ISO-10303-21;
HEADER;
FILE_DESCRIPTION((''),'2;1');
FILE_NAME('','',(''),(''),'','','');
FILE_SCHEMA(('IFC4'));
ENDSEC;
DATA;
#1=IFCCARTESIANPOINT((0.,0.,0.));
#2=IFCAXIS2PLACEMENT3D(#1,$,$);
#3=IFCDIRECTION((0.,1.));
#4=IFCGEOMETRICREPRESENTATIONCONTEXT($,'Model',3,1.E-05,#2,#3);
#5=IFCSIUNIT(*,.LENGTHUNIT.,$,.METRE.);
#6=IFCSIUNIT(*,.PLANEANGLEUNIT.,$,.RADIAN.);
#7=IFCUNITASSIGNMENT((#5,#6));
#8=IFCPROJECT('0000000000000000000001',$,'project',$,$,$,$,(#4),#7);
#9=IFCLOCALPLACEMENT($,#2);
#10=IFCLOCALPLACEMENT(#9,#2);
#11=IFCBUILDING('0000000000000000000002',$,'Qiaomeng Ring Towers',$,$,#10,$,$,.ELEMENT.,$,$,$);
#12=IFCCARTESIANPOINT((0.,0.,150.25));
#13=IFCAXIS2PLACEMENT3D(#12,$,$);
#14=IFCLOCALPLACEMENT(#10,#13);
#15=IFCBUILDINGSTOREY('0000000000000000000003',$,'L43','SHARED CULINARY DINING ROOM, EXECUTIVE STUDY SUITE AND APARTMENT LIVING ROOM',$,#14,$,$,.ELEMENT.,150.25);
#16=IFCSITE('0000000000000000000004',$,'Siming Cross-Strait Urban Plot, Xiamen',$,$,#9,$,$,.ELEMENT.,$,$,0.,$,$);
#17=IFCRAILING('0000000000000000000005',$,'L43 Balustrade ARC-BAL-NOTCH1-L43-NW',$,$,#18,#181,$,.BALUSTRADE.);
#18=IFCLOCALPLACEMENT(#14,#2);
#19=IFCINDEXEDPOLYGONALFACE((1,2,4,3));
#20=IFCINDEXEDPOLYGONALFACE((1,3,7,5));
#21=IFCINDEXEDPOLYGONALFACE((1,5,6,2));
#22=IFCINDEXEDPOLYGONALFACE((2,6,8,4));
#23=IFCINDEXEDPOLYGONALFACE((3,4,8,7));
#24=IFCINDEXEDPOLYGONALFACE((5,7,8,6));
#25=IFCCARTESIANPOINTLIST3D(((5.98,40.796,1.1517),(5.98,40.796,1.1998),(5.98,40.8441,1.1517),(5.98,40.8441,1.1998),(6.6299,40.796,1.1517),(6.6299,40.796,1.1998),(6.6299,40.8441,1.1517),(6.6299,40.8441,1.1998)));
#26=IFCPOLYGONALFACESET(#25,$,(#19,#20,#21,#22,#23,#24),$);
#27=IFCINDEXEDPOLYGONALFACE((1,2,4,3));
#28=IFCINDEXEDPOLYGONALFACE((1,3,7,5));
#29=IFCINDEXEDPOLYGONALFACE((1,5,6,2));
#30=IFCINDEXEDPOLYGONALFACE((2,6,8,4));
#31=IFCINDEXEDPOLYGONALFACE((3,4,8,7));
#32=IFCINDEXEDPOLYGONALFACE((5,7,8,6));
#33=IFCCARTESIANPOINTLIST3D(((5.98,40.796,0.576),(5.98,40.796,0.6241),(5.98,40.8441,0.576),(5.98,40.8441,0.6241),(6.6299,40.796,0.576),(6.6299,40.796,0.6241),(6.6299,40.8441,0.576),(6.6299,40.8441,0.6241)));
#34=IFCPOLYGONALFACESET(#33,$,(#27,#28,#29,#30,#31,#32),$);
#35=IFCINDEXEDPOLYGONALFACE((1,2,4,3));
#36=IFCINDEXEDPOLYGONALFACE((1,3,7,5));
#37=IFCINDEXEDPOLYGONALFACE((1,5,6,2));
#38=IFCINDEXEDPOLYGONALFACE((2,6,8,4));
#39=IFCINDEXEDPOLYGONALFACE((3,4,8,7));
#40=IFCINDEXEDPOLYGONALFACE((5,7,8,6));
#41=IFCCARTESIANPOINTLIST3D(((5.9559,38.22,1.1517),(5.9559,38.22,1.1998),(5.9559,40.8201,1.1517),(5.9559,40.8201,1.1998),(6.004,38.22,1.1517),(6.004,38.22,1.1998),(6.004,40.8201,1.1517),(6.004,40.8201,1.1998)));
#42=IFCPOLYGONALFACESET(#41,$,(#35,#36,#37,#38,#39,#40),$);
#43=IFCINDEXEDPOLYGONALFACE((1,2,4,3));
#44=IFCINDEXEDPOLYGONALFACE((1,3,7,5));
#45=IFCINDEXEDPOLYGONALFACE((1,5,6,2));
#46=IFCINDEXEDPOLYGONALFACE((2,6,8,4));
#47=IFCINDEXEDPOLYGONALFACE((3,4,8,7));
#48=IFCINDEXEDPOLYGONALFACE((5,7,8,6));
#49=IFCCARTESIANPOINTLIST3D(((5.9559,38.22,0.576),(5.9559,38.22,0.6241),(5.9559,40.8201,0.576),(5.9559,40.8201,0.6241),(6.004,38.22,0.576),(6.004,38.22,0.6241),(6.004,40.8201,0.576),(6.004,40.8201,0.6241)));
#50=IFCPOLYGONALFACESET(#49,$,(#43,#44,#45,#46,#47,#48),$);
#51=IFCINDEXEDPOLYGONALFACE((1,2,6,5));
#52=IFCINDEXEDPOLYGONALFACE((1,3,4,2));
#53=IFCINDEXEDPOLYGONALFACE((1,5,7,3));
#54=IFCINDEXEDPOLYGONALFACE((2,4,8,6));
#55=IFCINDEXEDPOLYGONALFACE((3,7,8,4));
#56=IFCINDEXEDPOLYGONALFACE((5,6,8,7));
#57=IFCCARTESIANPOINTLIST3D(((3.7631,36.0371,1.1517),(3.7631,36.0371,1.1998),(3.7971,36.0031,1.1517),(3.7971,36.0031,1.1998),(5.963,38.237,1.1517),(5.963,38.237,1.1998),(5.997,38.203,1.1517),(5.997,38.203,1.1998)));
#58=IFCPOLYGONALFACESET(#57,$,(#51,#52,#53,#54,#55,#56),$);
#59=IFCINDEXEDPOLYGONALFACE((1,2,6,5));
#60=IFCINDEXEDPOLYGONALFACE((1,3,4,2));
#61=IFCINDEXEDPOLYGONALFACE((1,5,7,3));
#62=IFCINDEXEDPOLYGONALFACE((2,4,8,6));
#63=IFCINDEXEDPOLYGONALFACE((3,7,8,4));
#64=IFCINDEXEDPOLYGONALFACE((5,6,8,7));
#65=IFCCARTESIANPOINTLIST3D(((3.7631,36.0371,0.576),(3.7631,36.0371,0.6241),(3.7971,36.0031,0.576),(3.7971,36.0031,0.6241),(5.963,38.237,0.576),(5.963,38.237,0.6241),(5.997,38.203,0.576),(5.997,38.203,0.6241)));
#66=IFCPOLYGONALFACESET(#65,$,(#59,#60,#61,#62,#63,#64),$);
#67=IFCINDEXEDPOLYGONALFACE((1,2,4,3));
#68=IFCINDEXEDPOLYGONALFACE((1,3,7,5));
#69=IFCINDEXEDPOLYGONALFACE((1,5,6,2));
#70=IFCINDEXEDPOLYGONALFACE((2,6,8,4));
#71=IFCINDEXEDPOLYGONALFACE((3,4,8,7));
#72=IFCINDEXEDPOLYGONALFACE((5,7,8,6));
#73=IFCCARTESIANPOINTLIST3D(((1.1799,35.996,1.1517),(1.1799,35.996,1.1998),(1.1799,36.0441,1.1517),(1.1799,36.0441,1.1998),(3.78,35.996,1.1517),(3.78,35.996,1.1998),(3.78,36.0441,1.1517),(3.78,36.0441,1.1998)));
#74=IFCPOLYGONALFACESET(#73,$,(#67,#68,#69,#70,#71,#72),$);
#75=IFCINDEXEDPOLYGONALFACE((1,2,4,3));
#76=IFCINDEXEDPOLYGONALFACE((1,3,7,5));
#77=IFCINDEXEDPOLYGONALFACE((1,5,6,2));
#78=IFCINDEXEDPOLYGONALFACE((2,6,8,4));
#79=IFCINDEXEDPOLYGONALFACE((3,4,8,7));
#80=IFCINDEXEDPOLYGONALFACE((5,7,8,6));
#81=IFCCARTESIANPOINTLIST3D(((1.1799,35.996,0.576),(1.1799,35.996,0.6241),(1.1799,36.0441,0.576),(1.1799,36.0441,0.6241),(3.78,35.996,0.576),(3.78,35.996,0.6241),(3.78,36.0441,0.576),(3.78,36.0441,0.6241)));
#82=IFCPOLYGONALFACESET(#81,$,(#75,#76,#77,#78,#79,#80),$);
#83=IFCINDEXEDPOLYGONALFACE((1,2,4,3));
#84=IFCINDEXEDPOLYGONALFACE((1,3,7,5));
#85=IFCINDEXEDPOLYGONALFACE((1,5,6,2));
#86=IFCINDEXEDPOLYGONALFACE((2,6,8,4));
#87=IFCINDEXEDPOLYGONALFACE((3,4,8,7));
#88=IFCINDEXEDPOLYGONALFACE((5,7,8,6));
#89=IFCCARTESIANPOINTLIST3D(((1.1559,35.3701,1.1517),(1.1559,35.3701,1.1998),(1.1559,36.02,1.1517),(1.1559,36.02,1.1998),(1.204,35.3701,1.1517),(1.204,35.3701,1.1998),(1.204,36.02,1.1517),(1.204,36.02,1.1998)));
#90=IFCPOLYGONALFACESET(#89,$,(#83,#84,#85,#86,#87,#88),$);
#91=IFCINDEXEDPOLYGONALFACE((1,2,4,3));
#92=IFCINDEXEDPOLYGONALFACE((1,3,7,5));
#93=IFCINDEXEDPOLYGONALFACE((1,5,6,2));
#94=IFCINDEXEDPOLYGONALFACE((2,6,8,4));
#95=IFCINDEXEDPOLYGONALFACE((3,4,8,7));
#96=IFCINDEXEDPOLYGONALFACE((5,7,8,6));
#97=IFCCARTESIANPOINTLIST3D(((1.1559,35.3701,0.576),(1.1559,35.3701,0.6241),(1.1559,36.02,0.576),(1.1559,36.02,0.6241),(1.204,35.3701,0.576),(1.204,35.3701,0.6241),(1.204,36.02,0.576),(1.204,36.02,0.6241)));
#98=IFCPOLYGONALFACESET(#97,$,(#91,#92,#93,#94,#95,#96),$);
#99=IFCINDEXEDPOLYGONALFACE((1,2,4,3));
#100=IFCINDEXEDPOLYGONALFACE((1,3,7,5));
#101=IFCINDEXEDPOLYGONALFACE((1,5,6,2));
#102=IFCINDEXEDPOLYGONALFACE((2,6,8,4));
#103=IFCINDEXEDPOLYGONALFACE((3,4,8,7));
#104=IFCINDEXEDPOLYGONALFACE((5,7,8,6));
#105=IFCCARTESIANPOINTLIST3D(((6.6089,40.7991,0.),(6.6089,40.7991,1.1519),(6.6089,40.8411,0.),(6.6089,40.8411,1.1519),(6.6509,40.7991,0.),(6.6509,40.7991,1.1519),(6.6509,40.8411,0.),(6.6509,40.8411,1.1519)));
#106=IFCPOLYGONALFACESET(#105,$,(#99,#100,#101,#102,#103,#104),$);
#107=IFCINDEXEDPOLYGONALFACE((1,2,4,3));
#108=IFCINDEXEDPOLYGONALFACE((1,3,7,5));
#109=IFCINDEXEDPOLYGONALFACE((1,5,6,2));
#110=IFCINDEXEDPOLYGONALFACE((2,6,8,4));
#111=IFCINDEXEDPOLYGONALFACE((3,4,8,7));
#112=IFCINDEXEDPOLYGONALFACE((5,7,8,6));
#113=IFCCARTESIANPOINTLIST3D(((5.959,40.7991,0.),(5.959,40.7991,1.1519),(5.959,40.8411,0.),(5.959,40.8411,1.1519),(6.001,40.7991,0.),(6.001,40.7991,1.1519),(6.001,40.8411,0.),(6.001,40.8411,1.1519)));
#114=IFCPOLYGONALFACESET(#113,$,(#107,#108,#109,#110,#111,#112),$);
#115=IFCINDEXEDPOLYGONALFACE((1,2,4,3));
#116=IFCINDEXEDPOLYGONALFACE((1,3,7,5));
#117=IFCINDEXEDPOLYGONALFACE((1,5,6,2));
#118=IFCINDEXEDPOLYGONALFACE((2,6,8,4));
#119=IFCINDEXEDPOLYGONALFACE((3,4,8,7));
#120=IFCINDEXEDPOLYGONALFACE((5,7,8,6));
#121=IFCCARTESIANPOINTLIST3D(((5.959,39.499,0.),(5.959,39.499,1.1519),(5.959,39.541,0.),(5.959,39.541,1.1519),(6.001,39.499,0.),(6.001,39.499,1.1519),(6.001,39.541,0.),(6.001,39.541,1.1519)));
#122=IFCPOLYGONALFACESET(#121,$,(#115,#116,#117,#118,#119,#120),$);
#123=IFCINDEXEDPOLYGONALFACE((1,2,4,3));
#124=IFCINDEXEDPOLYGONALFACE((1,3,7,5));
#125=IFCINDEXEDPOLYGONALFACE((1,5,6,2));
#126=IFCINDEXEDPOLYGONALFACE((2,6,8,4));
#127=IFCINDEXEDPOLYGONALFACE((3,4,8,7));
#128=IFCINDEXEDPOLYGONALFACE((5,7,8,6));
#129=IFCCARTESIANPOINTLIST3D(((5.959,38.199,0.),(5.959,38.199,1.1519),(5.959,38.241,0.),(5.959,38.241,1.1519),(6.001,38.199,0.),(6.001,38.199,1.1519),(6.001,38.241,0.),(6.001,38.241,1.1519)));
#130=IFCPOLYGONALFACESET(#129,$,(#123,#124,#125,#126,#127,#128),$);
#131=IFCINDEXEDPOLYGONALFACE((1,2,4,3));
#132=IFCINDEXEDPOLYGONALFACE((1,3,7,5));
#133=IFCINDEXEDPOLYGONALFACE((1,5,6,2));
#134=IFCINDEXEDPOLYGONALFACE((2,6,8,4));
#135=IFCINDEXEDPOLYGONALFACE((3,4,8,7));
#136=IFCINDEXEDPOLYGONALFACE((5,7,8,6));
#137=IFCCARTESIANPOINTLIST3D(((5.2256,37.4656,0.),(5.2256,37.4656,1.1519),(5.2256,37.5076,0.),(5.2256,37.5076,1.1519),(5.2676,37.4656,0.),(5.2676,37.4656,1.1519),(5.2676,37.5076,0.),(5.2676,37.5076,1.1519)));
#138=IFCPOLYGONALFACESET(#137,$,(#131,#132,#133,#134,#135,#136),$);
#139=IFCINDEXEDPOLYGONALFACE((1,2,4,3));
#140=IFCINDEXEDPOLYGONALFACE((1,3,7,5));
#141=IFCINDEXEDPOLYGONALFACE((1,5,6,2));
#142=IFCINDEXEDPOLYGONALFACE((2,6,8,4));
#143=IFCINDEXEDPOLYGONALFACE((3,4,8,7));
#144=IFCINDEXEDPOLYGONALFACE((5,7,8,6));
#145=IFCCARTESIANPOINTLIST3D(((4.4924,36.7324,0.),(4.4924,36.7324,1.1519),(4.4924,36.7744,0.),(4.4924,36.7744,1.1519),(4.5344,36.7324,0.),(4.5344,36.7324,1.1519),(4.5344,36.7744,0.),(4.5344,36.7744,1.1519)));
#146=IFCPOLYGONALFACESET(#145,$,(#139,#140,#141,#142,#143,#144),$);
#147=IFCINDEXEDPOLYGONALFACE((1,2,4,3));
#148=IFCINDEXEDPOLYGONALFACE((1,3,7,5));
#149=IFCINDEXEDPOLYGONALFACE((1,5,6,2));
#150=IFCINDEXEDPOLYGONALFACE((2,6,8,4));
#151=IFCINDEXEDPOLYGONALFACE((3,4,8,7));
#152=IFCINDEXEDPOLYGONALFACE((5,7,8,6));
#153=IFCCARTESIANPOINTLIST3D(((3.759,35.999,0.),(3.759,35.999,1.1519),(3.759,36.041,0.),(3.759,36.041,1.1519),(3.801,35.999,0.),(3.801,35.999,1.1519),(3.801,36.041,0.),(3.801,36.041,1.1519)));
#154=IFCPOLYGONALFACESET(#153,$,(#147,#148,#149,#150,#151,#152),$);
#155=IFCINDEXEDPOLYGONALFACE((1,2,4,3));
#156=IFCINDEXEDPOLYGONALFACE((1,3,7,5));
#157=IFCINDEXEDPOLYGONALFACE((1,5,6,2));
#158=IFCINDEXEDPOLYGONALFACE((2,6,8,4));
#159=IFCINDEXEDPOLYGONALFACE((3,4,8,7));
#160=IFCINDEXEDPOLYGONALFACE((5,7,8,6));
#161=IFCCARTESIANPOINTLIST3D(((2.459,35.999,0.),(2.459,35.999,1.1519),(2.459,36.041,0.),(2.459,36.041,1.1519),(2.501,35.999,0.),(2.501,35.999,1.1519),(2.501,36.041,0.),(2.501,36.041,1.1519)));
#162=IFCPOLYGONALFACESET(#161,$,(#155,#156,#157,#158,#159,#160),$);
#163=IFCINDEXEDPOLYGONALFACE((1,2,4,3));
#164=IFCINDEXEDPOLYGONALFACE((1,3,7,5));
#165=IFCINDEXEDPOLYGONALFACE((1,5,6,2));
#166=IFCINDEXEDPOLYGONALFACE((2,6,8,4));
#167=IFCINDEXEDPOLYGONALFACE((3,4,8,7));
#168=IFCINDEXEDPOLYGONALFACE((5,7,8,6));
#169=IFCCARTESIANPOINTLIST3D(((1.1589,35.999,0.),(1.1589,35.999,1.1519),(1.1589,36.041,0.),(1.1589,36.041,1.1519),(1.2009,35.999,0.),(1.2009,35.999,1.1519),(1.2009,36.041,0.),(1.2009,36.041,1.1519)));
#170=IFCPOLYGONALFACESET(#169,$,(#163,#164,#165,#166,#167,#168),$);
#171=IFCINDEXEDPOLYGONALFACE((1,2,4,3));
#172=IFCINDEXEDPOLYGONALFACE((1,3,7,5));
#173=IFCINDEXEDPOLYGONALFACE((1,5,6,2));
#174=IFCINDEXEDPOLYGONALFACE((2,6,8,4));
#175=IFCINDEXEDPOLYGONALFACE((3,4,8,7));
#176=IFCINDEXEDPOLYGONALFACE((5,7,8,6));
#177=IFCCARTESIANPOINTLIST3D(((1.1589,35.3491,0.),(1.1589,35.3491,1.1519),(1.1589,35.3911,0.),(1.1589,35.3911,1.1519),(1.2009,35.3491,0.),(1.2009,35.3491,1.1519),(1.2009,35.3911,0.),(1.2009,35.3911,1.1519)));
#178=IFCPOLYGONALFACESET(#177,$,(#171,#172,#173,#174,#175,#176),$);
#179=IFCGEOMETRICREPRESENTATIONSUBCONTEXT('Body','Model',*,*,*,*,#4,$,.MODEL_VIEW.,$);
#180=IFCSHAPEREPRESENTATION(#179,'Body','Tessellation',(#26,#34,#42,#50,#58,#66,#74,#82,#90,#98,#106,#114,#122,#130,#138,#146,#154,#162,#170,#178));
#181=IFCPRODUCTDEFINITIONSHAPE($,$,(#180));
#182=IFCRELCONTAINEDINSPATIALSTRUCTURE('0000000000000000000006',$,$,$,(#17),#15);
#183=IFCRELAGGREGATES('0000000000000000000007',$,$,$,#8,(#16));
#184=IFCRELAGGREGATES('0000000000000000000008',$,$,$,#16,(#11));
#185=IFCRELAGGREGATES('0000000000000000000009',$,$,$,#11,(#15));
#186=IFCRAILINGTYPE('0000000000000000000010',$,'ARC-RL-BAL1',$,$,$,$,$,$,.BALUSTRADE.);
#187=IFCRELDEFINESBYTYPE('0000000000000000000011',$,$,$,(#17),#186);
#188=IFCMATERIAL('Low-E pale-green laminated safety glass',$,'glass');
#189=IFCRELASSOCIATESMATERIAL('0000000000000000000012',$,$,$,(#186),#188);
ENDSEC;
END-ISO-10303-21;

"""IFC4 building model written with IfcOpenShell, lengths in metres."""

from ifc_helpers import new_model, si_unit, direction, frame, origin, origin_2d, place, context, subcontext, project, spatial, rectangle, extrude, material, type_object, element, save


model = new_model("IFC4")

# Units and contexts
model_context = context("Model", 3, precision=1e-05, world=origin(), true_north=direction((0.0, 1.0)))
body_context = subcontext(model_context, "Body", "Model", "MODEL_VIEW")
ifc_project = project(units=[si_unit("LENGTHUNIT", "METRE"), si_unit("PLANEANGLEUNIT", "RADIAN")], contexts=[model_context])

# Site, building, storey
site_placement = place(None, origin())
site = spatial("IfcSite", under=ifc_project, at=site_placement, Name="Siming Cross-Strait Urban Plot, Xiamen", CompositionType="ELEMENT", RefElevation=0.0)
building_placement = place(site_placement, origin())
building = spatial("IfcBuilding", under=site, at=building_placement, Name="Qiaomeng Ring Towers", CompositionType="ELEMENT")
storey_placement = place(building_placement, frame((0.0, 0.0, 150.25)))
storey = spatial("IfcBuildingStorey", under=building, at=storey_placement, Name="L43", Description="SHARED CULINARY DINING ROOM, EXECUTIVE STUDY SUITE AND APARTMENT LIVING ROOM", CompositionType="ELEMENT", Elevation=150.25)

# Railing
ifc_material_1 = material(Name="Low-E pale-green laminated safety glass", Category="glass")
railing_type = type_object("IfcRailingType", Name="ARC-RL-BAL1", PredefinedType="BALUSTRADE", material=ifc_material_1)
railing_placement = place(storey_placement, frame((6.6299, 40.8201, 0.0)))
element("IfcRailing", 1, at=railing_placement, inside=storey, type_object=railing_type, Name="L43 Balustrade ARC-BAL-NOTCH1-L43-NW", PredefinedType="BALUSTRADE", context=body_context, shape_type="SweptSolid", body=[
    extrude(rectangle(XDim=0.0481, YDim=0.0481, at=origin_2d()), frame((0.0, 0.0, 1.1758), z_axis=(-1.0, 0.0, 0.0), x_axis=(0.0, -1.0, 0.0)), (0.0, 0.0, 1.0), 0.6499),
    extrude(rectangle(XDim=0.0481, YDim=0.0481, at=origin_2d()), frame((0.0, 0.0, 0.6001), z_axis=(-1.0, 0.0, 0.0), x_axis=(0.0, -1.0, 0.0)), (0.0, 0.0, 1.0), 0.6499),
    extrude(rectangle(XDim=0.0481, YDim=0.0481, at=origin_2d()), frame((-0.6499, 0.0, 1.1758), z_axis=(0.0, -1.0, 0.0), x_axis=(1.0, 0.0, 0.0)), (0.0, 0.0, 1.0), 2.6001),
    extrude(rectangle(XDim=0.0481, YDim=0.0481, at=origin_2d()), frame((-0.6499, 0.0, 0.6001), z_axis=(0.0, -1.0, 0.0), x_axis=(1.0, 0.0, 0.0)), (0.0, 0.0, 1.0), 2.6001),
    extrude(rectangle(XDim=0.0481, YDim=0.0481, at=origin_2d()), frame((-0.6499, -2.6001, 1.1758), z_axis=(-0.707107, -0.707107, 0.0), x_axis=(0.707107, -0.707107, 0.0)), (0.0, 0.0, 1.0), 3.1111),
    extrude(rectangle(XDim=0.0481, YDim=0.0481, at=origin_2d()), frame((-0.6499, -2.6001, 0.6001), z_axis=(-0.707107, -0.707107, 0.0), x_axis=(0.707107, -0.707107, 0.0)), (0.0, 0.0, 1.0), 3.1111),
    extrude(rectangle(XDim=0.0481, YDim=0.0481, at=origin_2d()), frame((-2.8499, -4.8, 1.1758), z_axis=(-1.0, 0.0, 0.0), x_axis=(0.0, -1.0, 0.0)), (0.0, 0.0, 1.0), 2.6001),
    extrude(rectangle(XDim=0.0481, YDim=0.0481, at=origin_2d()), frame((-2.8499, -4.8, 0.6001), z_axis=(-1.0, 0.0, 0.0), x_axis=(0.0, -1.0, 0.0)), (0.0, 0.0, 1.0), 2.6001),
    extrude(rectangle(XDim=0.0481, YDim=0.0481, at=origin_2d()), frame((-5.45, -4.8, 1.1758), z_axis=(0.0, -1.0, 0.0), x_axis=(1.0, 0.0, 0.0)), (0.0, 0.0, 1.0), 0.6499),
    extrude(rectangle(XDim=0.0481, YDim=0.0481, at=origin_2d()), frame((-5.45, -4.8, 0.6001), z_axis=(0.0, -1.0, 0.0), x_axis=(1.0, 0.0, 0.0)), (0.0, 0.0, 1.0), 0.6499),
    extrude(rectangle(XDim=0.042, YDim=0.042, at=origin_2d()), origin(), (0.0, 0.0, 1.0), 1.1519),
    extrude(rectangle(XDim=0.042, YDim=0.042, at=origin_2d()), frame((-0.6499, 0.0, 0.0)), (0.0, 0.0, 1.0), 1.1519),
    extrude(rectangle(XDim=0.042, YDim=0.042, at=origin_2d()), frame((-0.6499, -1.3, 0.0)), (0.0, 0.0, 1.0), 1.1519),
    extrude(rectangle(XDim=0.042, YDim=0.042, at=origin_2d()), frame((-0.6499, -2.6001, 0.0)), (0.0, 0.0, 1.0), 1.1519),
    extrude(rectangle(XDim=0.042, YDim=0.042, at=origin_2d()), frame((-1.3833, -3.3335, 0.0)), (0.0, 0.0, 1.0), 1.1519),
    extrude(rectangle(XDim=0.042, YDim=0.042, at=origin_2d()), frame((-2.1165, -4.0667, 0.0)), (0.0, 0.0, 1.0), 1.1519),
    extrude(rectangle(XDim=0.042, YDim=0.042, at=origin_2d()), frame((-2.8499, -4.8, 0.0)), (0.0, 0.0, 1.0), 1.1519),
    extrude(rectangle(XDim=0.042, YDim=0.042, at=origin_2d()), frame((-4.1499, -4.8, 0.0)), (0.0, 0.0, 1.0), 1.1519),
    extrude(rectangle(XDim=0.042, YDim=0.042, at=origin_2d()), frame((-5.45, -4.8, 0.0)), (0.0, 0.0, 1.0), 1.1519),
    extrude(rectangle(XDim=0.042, YDim=0.042, at=origin_2d()), frame((-5.45, -5.45, 0.0)), (0.0, 0.0, 1.0), 1.1519),
])

save(model, "model.ifc")
